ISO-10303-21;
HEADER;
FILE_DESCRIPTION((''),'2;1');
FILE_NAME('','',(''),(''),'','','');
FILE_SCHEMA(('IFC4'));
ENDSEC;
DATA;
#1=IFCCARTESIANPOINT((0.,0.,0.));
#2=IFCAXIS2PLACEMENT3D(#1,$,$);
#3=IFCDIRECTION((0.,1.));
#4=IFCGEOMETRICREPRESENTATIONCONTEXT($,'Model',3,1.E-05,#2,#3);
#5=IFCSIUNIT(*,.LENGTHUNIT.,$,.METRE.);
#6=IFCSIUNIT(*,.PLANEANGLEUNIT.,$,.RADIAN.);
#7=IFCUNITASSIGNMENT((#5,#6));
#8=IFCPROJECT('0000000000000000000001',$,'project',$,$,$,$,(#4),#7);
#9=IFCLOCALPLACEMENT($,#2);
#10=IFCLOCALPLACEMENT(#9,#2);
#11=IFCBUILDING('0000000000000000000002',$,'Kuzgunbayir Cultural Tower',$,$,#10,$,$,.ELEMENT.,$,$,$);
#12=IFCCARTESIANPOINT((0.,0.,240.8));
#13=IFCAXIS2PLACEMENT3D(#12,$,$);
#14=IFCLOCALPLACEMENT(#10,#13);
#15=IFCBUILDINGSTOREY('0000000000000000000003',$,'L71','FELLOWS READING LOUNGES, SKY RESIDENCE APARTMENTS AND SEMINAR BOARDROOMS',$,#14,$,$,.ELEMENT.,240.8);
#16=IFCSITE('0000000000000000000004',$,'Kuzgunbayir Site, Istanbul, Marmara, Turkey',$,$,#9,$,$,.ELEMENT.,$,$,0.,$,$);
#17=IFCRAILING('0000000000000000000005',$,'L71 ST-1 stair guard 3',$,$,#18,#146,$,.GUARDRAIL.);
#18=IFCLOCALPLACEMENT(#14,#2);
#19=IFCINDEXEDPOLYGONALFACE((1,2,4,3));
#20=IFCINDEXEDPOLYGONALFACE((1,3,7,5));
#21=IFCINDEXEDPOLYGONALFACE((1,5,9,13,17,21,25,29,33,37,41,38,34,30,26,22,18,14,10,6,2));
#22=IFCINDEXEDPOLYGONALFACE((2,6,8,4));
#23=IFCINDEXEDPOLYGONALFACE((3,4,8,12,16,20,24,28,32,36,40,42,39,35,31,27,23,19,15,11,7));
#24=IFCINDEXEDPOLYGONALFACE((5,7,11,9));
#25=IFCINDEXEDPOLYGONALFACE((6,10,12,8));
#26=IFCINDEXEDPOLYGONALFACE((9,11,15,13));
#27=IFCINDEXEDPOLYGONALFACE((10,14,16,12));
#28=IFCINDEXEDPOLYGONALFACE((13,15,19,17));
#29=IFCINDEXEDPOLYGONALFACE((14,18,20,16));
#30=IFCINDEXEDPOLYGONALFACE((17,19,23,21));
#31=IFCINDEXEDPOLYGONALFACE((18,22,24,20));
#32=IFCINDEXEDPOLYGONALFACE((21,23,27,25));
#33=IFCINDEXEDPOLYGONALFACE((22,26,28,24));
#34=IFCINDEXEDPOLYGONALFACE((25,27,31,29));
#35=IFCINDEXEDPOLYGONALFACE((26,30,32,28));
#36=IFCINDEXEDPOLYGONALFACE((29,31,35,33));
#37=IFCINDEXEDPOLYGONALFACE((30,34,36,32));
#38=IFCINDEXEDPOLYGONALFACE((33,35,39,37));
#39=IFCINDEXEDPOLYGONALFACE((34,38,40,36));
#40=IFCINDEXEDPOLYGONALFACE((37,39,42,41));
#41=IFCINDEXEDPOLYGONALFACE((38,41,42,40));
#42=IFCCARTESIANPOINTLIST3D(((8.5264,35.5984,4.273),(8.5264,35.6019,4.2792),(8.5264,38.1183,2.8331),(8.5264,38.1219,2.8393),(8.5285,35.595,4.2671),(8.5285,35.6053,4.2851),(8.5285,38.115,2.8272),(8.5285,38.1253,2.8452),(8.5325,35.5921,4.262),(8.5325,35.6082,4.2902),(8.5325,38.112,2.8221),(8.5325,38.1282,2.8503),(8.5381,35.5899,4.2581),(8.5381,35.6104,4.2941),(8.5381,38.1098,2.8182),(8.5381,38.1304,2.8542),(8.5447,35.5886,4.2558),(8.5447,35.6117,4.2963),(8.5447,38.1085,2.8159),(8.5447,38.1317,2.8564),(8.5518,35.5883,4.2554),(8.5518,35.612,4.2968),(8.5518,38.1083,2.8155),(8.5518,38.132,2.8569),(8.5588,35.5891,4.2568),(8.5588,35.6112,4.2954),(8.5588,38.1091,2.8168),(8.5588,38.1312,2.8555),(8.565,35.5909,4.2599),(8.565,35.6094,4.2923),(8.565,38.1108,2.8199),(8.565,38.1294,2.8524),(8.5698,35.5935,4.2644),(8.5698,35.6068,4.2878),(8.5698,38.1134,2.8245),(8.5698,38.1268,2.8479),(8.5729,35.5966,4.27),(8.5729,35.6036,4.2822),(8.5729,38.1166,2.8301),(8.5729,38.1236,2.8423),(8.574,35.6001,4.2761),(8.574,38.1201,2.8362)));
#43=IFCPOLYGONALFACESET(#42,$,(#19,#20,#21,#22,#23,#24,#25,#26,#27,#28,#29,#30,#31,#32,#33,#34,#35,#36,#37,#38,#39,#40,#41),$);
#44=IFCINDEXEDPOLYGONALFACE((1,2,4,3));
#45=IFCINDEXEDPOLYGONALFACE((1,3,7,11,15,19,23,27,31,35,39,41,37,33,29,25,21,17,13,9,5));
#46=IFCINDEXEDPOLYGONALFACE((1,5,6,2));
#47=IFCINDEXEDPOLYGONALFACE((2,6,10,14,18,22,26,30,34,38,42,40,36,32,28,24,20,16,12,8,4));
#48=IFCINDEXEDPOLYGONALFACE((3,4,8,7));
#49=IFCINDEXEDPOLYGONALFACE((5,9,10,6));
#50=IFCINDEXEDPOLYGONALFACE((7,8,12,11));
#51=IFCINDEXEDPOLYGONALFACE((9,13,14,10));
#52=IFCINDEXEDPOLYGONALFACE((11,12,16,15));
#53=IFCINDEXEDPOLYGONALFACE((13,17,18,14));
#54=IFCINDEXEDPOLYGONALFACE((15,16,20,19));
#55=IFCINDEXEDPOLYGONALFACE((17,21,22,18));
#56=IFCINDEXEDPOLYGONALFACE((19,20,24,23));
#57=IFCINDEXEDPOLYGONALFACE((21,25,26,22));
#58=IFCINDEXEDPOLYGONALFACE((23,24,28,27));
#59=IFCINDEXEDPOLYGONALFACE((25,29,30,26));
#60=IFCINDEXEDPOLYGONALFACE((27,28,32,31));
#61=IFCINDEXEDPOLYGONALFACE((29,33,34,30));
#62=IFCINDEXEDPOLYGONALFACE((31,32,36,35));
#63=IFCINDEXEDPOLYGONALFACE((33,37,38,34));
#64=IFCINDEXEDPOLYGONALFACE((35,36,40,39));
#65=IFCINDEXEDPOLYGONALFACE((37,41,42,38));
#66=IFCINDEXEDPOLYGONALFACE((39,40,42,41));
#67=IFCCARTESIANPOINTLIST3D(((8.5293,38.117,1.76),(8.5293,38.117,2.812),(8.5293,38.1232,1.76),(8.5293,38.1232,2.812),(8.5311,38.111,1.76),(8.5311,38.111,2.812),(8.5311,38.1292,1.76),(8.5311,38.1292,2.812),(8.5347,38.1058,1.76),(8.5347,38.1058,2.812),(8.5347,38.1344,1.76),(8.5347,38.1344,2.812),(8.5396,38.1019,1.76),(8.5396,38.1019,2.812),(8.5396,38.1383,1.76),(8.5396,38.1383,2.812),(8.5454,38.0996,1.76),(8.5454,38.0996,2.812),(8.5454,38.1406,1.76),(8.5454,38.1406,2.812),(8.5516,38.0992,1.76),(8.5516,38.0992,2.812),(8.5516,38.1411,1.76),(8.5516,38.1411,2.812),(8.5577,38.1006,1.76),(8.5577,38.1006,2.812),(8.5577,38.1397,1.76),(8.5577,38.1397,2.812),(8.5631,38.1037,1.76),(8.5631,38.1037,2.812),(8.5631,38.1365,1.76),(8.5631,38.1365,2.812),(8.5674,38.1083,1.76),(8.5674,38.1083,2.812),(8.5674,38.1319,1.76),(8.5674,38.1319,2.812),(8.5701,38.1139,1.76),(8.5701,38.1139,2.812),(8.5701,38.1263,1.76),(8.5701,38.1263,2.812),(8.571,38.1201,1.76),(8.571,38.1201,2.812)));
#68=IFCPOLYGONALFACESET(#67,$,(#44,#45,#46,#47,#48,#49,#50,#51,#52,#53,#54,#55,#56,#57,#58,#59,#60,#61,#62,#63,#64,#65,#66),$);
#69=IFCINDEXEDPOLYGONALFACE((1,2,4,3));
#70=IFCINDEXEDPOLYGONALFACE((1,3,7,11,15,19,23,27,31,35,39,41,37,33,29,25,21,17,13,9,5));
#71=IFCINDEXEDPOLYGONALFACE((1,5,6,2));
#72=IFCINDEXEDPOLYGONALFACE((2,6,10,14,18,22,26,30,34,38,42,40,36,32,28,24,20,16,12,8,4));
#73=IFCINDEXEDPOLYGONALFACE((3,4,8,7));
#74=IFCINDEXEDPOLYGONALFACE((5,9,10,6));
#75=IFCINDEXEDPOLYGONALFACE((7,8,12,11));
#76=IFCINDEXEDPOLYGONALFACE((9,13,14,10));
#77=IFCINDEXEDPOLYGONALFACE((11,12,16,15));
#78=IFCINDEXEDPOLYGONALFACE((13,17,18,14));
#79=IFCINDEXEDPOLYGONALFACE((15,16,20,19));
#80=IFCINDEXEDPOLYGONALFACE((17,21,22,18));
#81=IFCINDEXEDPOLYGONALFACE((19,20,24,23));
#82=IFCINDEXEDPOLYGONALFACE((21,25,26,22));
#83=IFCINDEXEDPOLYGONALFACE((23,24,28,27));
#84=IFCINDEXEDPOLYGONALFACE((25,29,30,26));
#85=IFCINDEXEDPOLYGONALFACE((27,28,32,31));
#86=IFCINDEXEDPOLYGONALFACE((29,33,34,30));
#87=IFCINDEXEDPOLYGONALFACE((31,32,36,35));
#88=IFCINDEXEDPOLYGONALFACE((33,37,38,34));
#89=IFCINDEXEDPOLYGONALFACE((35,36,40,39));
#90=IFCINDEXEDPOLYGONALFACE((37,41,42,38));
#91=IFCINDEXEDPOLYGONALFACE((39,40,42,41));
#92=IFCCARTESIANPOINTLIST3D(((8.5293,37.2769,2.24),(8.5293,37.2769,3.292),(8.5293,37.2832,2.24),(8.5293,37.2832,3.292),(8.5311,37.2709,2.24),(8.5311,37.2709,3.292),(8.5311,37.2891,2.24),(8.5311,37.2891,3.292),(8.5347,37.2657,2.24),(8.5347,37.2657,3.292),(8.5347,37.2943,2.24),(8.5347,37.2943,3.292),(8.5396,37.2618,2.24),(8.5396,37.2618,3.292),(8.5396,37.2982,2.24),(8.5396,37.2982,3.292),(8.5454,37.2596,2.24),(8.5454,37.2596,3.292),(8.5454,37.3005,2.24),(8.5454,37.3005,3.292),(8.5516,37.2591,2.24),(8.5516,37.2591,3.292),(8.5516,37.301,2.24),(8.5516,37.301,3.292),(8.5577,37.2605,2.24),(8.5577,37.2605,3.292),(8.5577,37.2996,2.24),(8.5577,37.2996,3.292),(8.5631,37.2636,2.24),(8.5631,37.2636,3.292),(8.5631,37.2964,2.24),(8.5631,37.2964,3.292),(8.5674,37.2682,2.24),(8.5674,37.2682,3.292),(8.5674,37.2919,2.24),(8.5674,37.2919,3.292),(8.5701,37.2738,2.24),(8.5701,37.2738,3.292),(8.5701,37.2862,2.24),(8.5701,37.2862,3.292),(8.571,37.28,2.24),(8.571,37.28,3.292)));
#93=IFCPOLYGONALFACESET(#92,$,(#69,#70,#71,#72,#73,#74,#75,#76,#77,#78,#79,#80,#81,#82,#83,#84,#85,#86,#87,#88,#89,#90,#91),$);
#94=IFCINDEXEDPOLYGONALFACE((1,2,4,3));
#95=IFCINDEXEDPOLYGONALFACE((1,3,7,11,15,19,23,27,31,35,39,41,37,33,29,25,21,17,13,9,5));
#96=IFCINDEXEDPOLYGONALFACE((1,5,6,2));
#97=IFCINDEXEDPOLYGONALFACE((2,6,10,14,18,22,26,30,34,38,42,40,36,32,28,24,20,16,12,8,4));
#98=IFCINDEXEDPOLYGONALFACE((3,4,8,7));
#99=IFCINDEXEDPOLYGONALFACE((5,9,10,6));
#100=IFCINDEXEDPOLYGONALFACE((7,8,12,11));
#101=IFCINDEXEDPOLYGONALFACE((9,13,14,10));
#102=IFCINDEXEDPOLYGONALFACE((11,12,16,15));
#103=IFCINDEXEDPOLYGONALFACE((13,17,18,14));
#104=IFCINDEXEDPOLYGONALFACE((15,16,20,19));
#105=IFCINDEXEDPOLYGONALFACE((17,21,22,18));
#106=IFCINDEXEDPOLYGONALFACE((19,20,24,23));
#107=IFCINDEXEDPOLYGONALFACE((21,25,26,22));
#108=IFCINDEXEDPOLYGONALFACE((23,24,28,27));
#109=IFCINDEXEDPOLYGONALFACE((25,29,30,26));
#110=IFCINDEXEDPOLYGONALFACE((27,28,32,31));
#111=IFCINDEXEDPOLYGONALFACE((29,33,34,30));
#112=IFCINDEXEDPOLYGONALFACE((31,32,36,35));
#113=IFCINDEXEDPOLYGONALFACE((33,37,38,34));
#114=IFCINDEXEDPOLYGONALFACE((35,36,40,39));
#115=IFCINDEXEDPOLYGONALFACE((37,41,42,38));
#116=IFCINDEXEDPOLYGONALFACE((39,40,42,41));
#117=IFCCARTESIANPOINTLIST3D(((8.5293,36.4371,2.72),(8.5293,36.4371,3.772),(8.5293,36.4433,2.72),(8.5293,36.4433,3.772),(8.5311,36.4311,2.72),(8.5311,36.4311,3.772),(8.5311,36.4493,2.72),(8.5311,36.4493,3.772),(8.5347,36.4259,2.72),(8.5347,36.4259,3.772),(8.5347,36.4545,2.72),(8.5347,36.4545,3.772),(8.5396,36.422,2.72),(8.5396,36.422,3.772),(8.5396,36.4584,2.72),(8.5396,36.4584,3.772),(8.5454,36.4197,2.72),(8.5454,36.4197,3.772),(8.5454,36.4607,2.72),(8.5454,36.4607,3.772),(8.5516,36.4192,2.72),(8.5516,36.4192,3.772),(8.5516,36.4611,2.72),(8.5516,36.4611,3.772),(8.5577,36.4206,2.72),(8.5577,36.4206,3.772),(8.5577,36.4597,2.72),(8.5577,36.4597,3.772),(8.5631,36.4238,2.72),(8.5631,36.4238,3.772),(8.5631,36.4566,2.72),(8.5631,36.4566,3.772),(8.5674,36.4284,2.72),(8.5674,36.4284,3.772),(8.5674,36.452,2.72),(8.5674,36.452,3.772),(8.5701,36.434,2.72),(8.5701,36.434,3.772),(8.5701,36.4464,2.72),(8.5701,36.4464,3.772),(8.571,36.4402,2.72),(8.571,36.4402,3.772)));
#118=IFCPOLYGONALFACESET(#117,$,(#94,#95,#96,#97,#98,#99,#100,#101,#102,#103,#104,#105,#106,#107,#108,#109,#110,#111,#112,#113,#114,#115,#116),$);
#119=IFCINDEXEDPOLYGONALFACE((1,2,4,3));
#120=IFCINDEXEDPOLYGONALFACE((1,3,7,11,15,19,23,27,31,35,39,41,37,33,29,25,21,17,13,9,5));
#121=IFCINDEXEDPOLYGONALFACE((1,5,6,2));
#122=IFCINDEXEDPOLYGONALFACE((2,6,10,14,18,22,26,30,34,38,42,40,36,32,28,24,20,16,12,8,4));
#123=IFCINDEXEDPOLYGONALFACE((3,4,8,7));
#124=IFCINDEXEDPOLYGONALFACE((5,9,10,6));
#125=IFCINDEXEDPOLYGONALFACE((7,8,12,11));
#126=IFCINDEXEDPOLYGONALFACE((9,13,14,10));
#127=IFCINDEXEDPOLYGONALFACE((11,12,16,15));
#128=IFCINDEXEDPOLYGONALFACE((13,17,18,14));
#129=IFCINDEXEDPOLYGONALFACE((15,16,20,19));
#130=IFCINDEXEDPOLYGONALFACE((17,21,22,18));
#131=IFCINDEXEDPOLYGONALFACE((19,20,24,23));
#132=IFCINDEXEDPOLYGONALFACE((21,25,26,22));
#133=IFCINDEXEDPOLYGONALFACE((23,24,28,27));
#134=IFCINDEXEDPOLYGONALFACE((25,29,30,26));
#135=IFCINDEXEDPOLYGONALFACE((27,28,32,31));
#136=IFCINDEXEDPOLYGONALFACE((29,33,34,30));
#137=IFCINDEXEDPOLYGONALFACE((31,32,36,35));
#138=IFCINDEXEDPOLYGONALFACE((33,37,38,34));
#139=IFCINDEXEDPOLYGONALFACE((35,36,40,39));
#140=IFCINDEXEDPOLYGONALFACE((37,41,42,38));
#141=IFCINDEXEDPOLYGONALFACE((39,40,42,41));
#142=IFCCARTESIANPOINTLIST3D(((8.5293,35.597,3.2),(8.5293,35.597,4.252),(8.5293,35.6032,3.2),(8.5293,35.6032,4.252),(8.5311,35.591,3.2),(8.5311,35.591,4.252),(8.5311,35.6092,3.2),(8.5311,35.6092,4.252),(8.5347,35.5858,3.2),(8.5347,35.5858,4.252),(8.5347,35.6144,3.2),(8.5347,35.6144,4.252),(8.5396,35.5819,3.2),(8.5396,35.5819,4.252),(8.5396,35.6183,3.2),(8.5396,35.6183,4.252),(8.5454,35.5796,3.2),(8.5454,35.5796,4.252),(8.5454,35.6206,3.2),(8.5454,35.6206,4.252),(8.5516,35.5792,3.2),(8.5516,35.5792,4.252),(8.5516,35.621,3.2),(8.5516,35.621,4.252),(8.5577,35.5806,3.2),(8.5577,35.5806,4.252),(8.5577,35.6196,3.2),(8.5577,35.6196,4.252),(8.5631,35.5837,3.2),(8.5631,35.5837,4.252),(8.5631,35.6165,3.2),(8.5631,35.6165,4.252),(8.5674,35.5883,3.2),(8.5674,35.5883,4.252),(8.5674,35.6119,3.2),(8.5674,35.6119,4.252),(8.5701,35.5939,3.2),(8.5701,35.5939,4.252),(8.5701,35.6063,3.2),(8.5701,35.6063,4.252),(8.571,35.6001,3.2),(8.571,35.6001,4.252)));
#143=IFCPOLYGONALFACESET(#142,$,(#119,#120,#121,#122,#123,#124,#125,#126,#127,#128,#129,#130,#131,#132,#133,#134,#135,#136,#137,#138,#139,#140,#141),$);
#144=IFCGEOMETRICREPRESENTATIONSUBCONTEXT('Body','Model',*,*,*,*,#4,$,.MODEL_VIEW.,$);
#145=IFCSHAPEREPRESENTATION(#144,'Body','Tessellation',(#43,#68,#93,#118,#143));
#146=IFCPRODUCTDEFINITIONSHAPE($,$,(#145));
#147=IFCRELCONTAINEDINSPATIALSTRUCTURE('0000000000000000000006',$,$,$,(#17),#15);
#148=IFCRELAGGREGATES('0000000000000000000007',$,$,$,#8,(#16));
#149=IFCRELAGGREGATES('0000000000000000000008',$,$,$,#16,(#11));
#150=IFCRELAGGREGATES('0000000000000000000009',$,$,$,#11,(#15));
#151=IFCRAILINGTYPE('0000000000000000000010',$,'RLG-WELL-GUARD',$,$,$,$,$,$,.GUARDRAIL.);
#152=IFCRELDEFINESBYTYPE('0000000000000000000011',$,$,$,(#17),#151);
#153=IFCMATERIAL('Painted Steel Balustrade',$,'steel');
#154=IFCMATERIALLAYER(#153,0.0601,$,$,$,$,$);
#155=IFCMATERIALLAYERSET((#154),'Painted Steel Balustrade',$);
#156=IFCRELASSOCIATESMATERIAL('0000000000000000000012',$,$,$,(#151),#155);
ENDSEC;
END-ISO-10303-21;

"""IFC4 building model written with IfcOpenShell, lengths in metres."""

from ifc_helpers import new_model, si_unit, direction, frame, origin, origin_2d, place, context, subcontext, project, spatial, circle, extrude, material, layer, layer_set, type_object, element, save


model = new_model("IFC4")

# Units and contexts
model_context = context("Model", 3, precision=1e-05, world=origin(), true_north=direction((0.0, 1.0)))
body_context = subcontext(model_context, "Body", "Model", "MODEL_VIEW")
ifc_project = project(units=[si_unit("LENGTHUNIT", "METRE"), si_unit("PLANEANGLEUNIT", "RADIAN")], contexts=[model_context])

# Site, building, storey
site_placement = place(None, origin())
site = spatial("IfcSite", under=ifc_project, at=site_placement, Name="Kuzgunbayir Site, Istanbul, Marmara, Turkey", CompositionType="ELEMENT", RefElevation=0.0)
building_placement = place(site_placement, origin())
building = spatial("IfcBuilding", under=site, at=building_placement, Name="Kuzgunbayir Cultural Tower", CompositionType="ELEMENT")
storey_placement = place(building_placement, frame((0.0, 0.0, 240.8)))
storey = spatial("IfcBuildingStorey", under=building, at=storey_placement, Name="L71", Description="FELLOWS READING LOUNGES, SKY RESIDENCE APARTMENTS AND SEMINAR BOARDROOMS", CompositionType="ELEMENT", Elevation=240.8)

# Railing
ifc_material_1 = material(Name="Painted Steel Balustrade", Category="steel")
ifc_layer_1 = layer(ifc_material_1, 0.0601)
ifc_layer_set_1 = layer_set([ifc_layer_1], Name="Painted Steel Balustrade")
railing_type_1 = type_object("IfcRailingType", Name="RLG-WELL-GUARD", PredefinedType="GUARDRAIL", material=ifc_layer_set_1)
railing_1_placement = place(storey_placement, frame((8.55, 38.1201, 1.76)))
element("IfcRailing", 1, at=railing_1_placement, inside=storey, type_object=railing_type_1, Name="L71 ST-1 stair guard 3", PredefinedType="GUARDRAIL", context=body_context, shape_type="SweptSolid", body=[
    extrude(circle(Radius=0.0239, at=origin_2d()), frame((0.0, 0.0, 1.0762), z_axis=(0.0, -0.868253, 0.496121), x_axis=(1.0, 0.0, 0.0)), (0.0, 0.0, 1.0), 2.9023),
    extrude(circle(Radius=0.021, at=origin_2d()), origin(), (0.0, 0.0, 1.0), 1.052),
    extrude(circle(Radius=0.021, at=origin_2d()), frame((0.0, -0.8401, 0.48)), (0.0, 0.0, 1.0), 1.052),
    extrude(circle(Radius=0.021, at=origin_2d()), frame((0.0, -1.6799, 0.96)), (0.0, 0.0, 1.0), 1.052),
    extrude(circle(Radius=0.021, at=origin_2d()), frame((0.0, -2.52, 1.4399)), (0.0, 0.0, 1.0), 1.052),
])

save(model, "model.ifc")
